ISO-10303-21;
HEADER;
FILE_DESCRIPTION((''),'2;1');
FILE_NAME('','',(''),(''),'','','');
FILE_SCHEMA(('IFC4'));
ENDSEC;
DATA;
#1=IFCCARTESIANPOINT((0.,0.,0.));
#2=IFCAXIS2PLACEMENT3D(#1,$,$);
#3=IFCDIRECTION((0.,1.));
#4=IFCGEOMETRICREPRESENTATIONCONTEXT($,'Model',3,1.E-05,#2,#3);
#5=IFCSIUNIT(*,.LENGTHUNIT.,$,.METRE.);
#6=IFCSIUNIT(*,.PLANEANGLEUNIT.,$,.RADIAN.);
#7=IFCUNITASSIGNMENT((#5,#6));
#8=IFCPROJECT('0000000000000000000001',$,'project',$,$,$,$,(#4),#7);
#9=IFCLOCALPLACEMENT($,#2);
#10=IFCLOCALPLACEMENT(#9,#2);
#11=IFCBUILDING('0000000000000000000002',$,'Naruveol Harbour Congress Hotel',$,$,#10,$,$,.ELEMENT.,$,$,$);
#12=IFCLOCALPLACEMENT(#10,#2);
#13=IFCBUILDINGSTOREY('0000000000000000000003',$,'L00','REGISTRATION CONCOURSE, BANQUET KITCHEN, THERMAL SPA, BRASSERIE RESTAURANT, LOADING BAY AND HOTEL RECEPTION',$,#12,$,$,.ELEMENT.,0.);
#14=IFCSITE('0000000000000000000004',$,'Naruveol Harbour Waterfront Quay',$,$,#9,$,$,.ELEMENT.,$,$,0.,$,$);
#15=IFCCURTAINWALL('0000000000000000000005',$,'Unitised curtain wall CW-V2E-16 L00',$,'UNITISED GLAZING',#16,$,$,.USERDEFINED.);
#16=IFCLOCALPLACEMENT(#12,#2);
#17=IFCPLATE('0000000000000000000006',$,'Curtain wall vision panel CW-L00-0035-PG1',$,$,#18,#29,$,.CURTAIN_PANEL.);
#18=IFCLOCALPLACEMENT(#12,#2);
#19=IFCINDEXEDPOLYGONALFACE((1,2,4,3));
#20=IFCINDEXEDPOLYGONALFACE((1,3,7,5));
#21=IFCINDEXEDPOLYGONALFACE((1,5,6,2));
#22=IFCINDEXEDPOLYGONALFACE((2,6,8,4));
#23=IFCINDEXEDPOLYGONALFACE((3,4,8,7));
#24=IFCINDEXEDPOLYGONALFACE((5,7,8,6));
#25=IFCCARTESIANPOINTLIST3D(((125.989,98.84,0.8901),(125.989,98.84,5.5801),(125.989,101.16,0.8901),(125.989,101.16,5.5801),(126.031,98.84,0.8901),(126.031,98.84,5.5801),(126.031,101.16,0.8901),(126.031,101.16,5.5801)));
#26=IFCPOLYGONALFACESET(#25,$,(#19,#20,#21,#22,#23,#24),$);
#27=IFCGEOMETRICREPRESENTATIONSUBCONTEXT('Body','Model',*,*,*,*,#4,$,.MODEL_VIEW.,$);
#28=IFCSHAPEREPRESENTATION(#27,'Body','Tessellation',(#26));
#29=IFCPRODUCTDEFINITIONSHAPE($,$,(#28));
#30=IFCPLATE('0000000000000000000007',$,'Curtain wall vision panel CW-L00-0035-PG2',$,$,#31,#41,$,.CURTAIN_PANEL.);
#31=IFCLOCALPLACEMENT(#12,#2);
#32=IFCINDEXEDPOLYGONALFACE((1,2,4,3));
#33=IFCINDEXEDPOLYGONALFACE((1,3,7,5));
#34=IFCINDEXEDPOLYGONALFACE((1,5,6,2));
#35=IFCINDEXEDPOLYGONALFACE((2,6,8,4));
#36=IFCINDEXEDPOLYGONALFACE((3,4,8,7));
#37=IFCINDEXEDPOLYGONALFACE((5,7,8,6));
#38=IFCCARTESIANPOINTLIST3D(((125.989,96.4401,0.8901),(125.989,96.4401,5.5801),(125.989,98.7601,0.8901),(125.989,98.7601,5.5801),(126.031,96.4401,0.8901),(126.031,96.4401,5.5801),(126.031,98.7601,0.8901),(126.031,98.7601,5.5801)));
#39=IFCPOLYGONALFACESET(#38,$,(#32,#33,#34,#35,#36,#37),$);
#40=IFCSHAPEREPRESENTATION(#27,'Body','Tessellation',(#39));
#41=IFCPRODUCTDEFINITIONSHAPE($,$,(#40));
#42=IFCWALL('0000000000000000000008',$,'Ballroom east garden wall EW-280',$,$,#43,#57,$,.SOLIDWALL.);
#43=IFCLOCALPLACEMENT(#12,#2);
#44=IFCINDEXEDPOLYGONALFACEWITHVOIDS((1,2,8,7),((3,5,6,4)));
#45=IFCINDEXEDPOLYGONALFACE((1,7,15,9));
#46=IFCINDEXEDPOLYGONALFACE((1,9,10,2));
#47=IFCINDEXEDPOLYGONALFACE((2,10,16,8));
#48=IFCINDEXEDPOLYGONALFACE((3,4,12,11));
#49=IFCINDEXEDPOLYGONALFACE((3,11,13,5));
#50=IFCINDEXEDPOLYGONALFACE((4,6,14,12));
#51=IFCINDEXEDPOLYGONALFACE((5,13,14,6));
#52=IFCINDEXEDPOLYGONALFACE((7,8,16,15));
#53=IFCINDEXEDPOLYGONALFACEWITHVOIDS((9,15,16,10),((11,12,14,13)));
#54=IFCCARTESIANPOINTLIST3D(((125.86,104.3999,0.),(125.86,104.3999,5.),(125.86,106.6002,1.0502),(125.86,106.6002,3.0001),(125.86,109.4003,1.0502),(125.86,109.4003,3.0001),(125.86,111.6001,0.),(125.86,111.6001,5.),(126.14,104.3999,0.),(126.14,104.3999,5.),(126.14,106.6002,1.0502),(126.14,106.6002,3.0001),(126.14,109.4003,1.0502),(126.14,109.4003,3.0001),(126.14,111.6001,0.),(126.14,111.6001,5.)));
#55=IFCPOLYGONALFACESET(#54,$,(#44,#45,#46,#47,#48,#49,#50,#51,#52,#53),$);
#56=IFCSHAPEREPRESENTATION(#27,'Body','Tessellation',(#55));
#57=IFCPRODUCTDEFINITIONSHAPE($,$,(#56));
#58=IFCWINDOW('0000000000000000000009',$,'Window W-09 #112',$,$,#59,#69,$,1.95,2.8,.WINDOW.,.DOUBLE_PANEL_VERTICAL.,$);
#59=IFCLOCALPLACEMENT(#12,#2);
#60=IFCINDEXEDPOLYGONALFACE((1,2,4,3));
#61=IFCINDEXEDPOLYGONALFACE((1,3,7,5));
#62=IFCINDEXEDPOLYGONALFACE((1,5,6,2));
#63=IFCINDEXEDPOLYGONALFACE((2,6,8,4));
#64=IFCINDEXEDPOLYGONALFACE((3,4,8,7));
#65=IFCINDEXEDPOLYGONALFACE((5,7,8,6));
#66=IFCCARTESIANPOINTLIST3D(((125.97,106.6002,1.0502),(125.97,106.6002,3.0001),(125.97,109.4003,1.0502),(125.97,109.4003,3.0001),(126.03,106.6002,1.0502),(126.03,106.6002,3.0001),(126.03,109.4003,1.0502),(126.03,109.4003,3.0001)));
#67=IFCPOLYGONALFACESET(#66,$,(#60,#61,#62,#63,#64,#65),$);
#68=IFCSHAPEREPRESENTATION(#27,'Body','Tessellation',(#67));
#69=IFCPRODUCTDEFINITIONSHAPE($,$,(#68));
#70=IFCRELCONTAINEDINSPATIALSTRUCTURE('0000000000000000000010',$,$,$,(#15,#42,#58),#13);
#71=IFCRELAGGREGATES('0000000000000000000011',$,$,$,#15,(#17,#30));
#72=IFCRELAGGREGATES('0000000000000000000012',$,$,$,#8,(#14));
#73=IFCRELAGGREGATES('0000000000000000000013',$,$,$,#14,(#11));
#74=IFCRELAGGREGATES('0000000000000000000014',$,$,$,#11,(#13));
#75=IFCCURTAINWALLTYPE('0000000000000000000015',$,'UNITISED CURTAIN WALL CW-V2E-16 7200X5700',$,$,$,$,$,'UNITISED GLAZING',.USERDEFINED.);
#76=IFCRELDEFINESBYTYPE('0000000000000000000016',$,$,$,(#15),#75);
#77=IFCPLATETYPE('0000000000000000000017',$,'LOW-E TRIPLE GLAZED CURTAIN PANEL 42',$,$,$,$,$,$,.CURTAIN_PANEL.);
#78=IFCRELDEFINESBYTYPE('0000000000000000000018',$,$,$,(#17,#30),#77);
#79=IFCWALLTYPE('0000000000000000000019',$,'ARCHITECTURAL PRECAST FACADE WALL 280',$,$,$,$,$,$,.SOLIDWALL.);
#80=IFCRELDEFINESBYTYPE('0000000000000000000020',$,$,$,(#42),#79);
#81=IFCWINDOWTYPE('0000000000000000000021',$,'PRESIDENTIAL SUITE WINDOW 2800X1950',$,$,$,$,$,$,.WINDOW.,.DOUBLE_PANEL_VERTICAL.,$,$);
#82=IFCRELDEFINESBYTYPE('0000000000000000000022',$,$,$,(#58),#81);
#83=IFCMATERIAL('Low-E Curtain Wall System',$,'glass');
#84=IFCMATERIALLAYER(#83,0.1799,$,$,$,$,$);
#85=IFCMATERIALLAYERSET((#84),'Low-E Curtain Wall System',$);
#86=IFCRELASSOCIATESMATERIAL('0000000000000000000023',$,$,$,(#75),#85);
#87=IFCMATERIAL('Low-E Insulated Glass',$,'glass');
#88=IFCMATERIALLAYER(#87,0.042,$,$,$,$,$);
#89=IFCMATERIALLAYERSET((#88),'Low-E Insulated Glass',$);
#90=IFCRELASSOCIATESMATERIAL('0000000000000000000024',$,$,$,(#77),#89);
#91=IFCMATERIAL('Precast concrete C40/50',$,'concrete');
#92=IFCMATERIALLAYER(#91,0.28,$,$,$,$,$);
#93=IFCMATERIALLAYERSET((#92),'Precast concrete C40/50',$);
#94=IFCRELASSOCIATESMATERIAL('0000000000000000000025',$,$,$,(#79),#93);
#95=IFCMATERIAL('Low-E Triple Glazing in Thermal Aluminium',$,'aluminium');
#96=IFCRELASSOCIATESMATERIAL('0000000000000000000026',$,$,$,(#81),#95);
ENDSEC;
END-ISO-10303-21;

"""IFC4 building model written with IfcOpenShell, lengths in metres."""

from ifc_helpers import new_model, si_unit, direction, frame, frame_2d, origin, origin_2d, place, context, subcontext, project, spatial, rectangle, extrude, material, layer, layer_set, type_object, element, fill, aggregate, save


model = new_model("IFC4")

# Units and contexts
model_context = context("Model", 3, precision=1e-05, world=origin(), true_north=direction((0.0, 1.0)))
body_context = subcontext(model_context, "Body", "Model", "MODEL_VIEW")
ifc_project = project(units=[si_unit("LENGTHUNIT", "METRE"), si_unit("PLANEANGLEUNIT", "RADIAN")], contexts=[model_context])

# Site, building, storey
site_placement = place(None, origin())
site = spatial("IfcSite", under=ifc_project, at=site_placement, Name="Naruveol Harbour Waterfront Quay", CompositionType="ELEMENT", RefElevation=0.0)
building_placement = place(site_placement, origin())
building = spatial("IfcBuilding", under=site, at=building_placement, Name="Naruveol Harbour Congress Hotel", CompositionType="ELEMENT")
storey_placement = place(building_placement, origin())
storey = spatial("IfcBuildingStorey", under=building, at=storey_placement, Name="L00", Description="REGISTRATION CONCOURSE, BANQUET KITCHEN, THERMAL SPA, BRASSERIE RESTAURANT, LOADING BAY AND HOTEL RECEPTION", CompositionType="ELEMENT", Elevation=0.0)

# Curtain wall, plates
ifc_material_1 = material(Name="Low-E Curtain Wall System", Category="glass")
ifc_layer_1 = layer(ifc_material_1, 0.1799)
ifc_layer_set_1 = layer_set([ifc_layer_1], Name="Low-E Curtain Wall System")
curtain_wall_type = type_object("IfcCurtainWallType", Name="UNITISED CURTAIN WALL CW-V2E-16 7200X5700", ElementType="UNITISED GLAZING", PredefinedType="USERDEFINED", material=ifc_layer_set_1)
curtain_wall_placement = place(storey_placement, origin())
curtain_wall = element("IfcCurtainWall", 1, at=curtain_wall_placement, inside=storey, type_object=curtain_wall_type, Name="Unitised curtain wall CW-V2E-16 L00", ObjectType="UNITISED GLAZING", PredefinedType="USERDEFINED")
ifc_material_2 = material(Name="Low-E Insulated Glass", Category="glass")
ifc_layer_2 = layer(ifc_material_2, 0.042)
ifc_layer_set_2 = layer_set([ifc_layer_2], Name="Low-E Insulated Glass")
plate_type_1 = type_object("IfcPlateType", Name="LOW-E TRIPLE GLAZED CURTAIN PANEL 42", PredefinedType="CURTAIN_PANEL", material=ifc_layer_set_2)
plate_1_placement = place(storey_placement, frame((126.01, 100.0, 0.8901), z_axis=(0.0, 0.0, 1.0), x_axis=(0.0, -1.0, 0.0)))
plate_1 = element("IfcPlate", 2, at=plate_1_placement, type_object=plate_type_1, Name="Curtain wall vision panel CW-L00-0035-PG1", PredefinedType="CURTAIN_PANEL", context=body_context, shape_type="SweptSolid", body=[
    extrude(rectangle(XDim=2.3201, YDim=0.042, at=origin_2d()), origin(), (0.0, 0.0, 1.0), 4.6899),
])
plate_2_placement = place(storey_placement, frame((126.01, 97.6001, 0.8901), z_axis=(0.0, 0.0, 1.0), x_axis=(0.0, -1.0, 0.0)))
plate_2 = element("IfcPlate", 3, at=plate_2_placement, type_object=plate_type_1, Name="Curtain wall vision panel CW-L00-0035-PG2", PredefinedType="CURTAIN_PANEL", context=body_context, shape_type="SweptSolid", body=[
    extrude(rectangle(XDim=2.3201, YDim=0.042, at=origin_2d()), origin(), (0.0, 0.0, 1.0), 4.6899),
])
aggregate(curtain_wall, [plate_1, plate_2])

# Wall, opening, window
ifc_material_3 = material(Name="Precast concrete C40/50", Category="concrete")
ifc_layer_3 = layer(ifc_material_3, 0.28)
ifc_layer_set_3 = layer_set([ifc_layer_3], Name="Precast concrete C40/50")
wall_type = type_object("IfcWallType", Name="ARCHITECTURAL PRECAST FACADE WALL 280", PredefinedType="SOLIDWALL", material=ifc_layer_set_3)
wall_placement = place(storey_placement, frame((126.0, 111.6001, 0.0), z_axis=(0.0, 0.0, 1.0), x_axis=(0.0, -1.0, 0.0)))
wall = element("IfcWall", 4, at=wall_placement, inside=storey, type_object=wall_type, Name="Ballroom east garden wall EW-280", PredefinedType="SOLIDWALL", context=body_context, shape_type="SweptSolid", body=[
    extrude(rectangle(XDim=7.2002, YDim=0.28, at=frame_2d((3.6001, 0.0))), origin(), (0.0, 0.0, 1.0), 5.0),
])
opening_placement = place(wall_placement, frame((2.2, 0.0, 1.05)))
opening = element("IfcOpeningElement", 5, at=opening_placement, cuts=wall, PredefinedType="OPENING", context=body_context, shape_type="SweptSolid", body=[
    extrude(rectangle(XDim=2.8, YDim=1.95, at=frame_2d((1.3999, 0.9751))), frame((0.0, 0.1499, 0.0), z_axis=(0.0, -1.0, 0.0), x_axis=(1.0, 0.0, 0.0)), (0.0, 0.0, 1.0), 0.3),
])
ifc_material_4 = material(Name="Low-E Triple Glazing in Thermal Aluminium", Category="aluminium")
window_type = type_object("IfcWindowType", Name="PRESIDENTIAL SUITE WINDOW 2800X1950", PartitioningType="DOUBLE_PANEL_VERTICAL", PredefinedType="WINDOW", material=ifc_material_4)
window_placement = place(opening_placement, origin())
window = element("IfcWindow", 6, at=window_placement, inside=storey, type_object=window_type, Name="Window W-09 #112", OverallHeight=1.95, OverallWidth=2.8, PartitioningType="DOUBLE_PANEL_VERTICAL", PredefinedType="WINDOW", context=body_context, shape_type="SweptSolid", body=[
    extrude(rectangle(XDim=2.8, YDim=1.95, at=frame_2d((1.3999, 0.9751))), frame((0.0, 0.03, 0.0), z_axis=(0.0, -1.0, 0.0), x_axis=(1.0, 0.0, 0.0)), (0.0, 0.0, 1.0), 0.0601),
])
fill(opening, window)

save(model, "model.ifc")
